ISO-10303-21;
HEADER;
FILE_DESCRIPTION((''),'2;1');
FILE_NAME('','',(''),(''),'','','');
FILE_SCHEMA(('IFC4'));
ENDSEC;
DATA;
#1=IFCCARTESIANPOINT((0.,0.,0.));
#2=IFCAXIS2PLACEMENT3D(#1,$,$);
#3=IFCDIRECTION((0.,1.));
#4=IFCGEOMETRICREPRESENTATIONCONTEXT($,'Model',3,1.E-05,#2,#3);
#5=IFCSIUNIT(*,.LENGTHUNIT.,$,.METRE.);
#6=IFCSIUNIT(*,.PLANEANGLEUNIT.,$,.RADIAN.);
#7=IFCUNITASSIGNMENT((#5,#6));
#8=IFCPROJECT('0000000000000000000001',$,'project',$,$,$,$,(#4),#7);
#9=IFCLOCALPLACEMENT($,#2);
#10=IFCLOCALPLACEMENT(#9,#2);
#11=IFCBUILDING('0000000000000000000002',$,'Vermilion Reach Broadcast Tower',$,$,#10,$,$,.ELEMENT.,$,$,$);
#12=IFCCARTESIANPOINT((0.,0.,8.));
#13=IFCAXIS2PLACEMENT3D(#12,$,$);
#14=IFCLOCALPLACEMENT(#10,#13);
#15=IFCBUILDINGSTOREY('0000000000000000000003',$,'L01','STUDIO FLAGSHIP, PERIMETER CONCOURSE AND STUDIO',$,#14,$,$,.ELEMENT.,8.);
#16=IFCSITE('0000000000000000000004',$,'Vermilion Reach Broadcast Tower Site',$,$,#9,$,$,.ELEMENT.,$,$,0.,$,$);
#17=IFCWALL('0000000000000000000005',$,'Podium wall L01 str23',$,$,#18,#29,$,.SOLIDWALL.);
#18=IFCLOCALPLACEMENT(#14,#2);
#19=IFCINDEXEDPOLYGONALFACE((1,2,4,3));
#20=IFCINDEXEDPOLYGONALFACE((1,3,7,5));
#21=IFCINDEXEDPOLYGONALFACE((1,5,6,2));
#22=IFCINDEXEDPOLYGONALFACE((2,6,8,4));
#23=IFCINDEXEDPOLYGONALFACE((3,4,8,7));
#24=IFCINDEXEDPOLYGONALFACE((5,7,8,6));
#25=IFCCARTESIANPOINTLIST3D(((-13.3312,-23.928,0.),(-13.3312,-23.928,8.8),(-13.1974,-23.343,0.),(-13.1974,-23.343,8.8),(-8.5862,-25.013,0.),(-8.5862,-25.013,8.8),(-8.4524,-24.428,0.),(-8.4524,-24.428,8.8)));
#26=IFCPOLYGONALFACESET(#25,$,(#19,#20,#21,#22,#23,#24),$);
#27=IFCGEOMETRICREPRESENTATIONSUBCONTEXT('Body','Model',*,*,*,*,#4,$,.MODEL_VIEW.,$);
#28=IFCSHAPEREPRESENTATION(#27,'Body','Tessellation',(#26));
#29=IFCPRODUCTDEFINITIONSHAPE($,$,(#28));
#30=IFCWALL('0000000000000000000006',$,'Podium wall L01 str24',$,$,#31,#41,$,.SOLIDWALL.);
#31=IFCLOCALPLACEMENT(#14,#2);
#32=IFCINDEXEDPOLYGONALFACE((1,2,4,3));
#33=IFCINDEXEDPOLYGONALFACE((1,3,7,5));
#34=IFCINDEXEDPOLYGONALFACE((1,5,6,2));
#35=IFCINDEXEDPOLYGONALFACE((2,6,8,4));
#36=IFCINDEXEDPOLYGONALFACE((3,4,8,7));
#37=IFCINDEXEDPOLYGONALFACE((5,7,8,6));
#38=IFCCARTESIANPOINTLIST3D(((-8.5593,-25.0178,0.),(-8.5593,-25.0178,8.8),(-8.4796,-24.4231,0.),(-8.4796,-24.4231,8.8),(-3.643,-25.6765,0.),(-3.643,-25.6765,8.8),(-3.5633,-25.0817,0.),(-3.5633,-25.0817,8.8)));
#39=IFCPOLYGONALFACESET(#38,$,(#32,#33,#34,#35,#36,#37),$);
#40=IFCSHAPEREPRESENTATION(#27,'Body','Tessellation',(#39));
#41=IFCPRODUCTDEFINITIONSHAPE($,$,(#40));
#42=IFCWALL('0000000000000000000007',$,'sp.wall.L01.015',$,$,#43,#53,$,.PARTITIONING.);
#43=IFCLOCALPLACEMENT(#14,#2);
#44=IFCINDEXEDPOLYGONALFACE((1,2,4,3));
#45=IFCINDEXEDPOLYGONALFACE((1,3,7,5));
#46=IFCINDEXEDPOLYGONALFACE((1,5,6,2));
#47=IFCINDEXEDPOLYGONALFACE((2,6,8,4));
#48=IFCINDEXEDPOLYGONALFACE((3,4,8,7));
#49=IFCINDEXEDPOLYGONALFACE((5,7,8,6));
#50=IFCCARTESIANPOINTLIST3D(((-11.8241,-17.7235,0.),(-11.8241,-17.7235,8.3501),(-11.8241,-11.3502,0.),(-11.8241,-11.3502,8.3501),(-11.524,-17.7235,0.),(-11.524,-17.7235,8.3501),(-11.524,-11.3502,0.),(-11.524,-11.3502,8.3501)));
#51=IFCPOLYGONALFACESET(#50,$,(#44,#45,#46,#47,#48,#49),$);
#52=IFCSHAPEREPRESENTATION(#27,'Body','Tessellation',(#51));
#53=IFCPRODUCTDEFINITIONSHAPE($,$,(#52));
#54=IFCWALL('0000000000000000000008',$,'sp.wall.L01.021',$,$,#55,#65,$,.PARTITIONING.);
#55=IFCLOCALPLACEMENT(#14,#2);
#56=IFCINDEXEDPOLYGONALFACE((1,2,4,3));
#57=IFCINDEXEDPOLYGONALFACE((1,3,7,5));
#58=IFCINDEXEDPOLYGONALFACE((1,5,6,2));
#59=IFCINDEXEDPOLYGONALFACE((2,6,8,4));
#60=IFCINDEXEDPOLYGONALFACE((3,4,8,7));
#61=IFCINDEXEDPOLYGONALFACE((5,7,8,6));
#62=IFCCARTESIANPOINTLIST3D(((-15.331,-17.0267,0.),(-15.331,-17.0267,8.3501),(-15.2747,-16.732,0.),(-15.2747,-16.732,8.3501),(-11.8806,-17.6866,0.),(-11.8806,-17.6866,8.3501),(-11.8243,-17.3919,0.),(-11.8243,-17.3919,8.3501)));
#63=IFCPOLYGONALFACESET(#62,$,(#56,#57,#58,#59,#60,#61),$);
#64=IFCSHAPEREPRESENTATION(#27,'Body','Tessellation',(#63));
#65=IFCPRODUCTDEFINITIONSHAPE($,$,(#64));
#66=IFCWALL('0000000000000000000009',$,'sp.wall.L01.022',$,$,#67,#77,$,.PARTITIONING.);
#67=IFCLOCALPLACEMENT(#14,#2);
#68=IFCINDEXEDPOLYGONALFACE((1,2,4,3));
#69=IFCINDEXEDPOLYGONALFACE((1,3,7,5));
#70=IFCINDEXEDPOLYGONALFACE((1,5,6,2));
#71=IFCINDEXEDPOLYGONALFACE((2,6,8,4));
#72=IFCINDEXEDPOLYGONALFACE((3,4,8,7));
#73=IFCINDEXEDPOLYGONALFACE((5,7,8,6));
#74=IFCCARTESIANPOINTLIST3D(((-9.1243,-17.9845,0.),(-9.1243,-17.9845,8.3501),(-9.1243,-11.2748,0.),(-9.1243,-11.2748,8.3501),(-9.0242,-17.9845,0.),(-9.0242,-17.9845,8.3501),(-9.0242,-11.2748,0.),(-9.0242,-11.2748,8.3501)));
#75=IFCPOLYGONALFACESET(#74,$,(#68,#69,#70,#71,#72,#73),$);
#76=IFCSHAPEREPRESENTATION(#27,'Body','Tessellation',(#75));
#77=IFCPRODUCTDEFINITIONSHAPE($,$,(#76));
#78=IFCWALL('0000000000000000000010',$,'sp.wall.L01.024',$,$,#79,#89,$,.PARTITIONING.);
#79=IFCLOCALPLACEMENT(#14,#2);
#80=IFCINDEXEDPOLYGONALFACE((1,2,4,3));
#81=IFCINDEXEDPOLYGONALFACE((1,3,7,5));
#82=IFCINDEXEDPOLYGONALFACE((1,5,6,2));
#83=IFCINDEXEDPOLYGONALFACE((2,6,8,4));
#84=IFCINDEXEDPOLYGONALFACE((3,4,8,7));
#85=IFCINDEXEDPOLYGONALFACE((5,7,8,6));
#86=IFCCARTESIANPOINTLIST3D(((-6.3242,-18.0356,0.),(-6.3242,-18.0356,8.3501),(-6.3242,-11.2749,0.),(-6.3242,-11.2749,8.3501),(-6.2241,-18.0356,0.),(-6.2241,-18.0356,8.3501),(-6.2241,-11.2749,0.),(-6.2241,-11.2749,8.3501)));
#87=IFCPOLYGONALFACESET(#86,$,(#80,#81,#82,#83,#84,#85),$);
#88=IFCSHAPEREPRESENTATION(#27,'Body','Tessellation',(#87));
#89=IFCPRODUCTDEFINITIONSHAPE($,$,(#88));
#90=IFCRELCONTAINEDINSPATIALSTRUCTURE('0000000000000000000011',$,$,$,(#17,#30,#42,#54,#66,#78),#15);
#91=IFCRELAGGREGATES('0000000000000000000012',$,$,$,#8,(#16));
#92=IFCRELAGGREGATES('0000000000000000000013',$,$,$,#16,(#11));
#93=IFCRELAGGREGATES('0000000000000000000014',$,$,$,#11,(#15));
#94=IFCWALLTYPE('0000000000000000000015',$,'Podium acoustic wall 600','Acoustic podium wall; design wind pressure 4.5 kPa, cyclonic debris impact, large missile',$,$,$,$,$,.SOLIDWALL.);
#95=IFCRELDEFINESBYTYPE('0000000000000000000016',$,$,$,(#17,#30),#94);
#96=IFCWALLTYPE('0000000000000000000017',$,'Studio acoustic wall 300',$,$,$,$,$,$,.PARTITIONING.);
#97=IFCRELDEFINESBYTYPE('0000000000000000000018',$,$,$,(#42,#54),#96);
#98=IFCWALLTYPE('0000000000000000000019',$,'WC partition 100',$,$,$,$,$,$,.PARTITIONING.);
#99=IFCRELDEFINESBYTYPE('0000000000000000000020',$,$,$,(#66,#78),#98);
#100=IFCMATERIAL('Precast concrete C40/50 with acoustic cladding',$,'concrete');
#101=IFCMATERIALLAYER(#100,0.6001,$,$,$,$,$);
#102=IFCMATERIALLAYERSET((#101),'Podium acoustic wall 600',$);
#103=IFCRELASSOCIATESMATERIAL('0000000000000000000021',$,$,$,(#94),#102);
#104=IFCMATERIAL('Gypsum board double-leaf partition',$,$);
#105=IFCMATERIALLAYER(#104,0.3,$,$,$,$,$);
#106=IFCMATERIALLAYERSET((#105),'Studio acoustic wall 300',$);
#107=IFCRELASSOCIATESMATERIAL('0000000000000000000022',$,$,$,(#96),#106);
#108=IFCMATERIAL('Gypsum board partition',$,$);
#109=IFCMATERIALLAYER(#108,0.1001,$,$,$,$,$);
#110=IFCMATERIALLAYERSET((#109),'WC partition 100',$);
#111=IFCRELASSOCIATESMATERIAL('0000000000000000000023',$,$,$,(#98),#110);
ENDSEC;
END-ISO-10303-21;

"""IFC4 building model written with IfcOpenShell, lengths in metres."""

from ifc_helpers import new_model, si_unit, direction, frame, frame_2d, origin, place, context, subcontext, project, spatial, rectangle, extrude, material, layer, layer_set, type_object, element, save


model = new_model("IFC4")

# Units and contexts
model_context = context("Model", 3, precision=1e-05, world=origin(), true_north=direction((0.0, 1.0)))
body_context = subcontext(model_context, "Body", "Model", "MODEL_VIEW")
ifc_project = project(units=[si_unit("LENGTHUNIT", "METRE"), si_unit("PLANEANGLEUNIT", "RADIAN")], contexts=[model_context])

# Site, building, storey
site_placement = place(None, origin())
site = spatial("IfcSite", under=ifc_project, at=site_placement, Name="Vermilion Reach Broadcast Tower Site", CompositionType="ELEMENT", RefElevation=0.0)
building_placement = place(site_placement, origin())
building = spatial("IfcBuilding", under=site, at=building_placement, Name="Vermilion Reach Broadcast Tower", CompositionType="ELEMENT")
storey_placement = place(building_placement, frame((0.0, 0.0, 8.0)))
storey = spatial("IfcBuildingStorey", under=building, at=storey_placement, Name="L01", Description="STUDIO FLAGSHIP, PERIMETER CONCOURSE AND STUDIO", CompositionType="ELEMENT", Elevation=8.0)

# Walls
ifc_material_1 = material(Name="Precast concrete C40/50 with acoustic cladding", Category="concrete")
ifc_layer_1 = layer(ifc_material_1, 0.6001)
ifc_layer_set_1 = layer_set([ifc_layer_1], Name="Podium acoustic wall 600")
wall_type_1 = type_object("IfcWallType", Name="Podium acoustic wall 600", Description="Acoustic podium wall; design wind pressure 4.5 kPa, cyclonic debris impact, large missile", PredefinedType="SOLIDWALL", material=ifc_layer_set_1)
wall_1_placement = place(storey_placement, frame((-13.2642, -23.6355, 0.0), z_axis=(0.0, 0.0, 1.0), x_axis=(0.97484, -0.222907, 0.0)))
element("IfcWall", 1, at=wall_1_placement, inside=storey, type_object=wall_type_1, Name="Podium wall L01 str23", PredefinedType="SOLIDWALL", context=body_context, shape_type="SweptSolid", body=[
    extrude(rectangle(XDim=4.8674, YDim=0.6001, at=frame_2d((2.4336, 0.0))), origin(), (0.0, 0.0, 1.0), 8.8),
])
wall_2_placement = place(storey_placement, frame((-8.5193, -24.7205, 0.0), z_axis=(0.0, 0.0, 1.0), x_axis=(0.991143, -0.132796, 0.0)))
element("IfcWall", 2, at=wall_2_placement, inside=storey, type_object=wall_type_1, Name="Podium wall L01 str24", PredefinedType="SOLIDWALL", context=body_context, shape_type="SweptSolid", body=[
    extrude(rectangle(XDim=4.9602, YDim=0.6001, at=frame_2d((2.48, 0.0))), origin(), (0.0, 0.0, 1.0), 8.8),
])
ifc_material_2 = material(Name="Gypsum board double-leaf partition")
ifc_layer_2 = layer(ifc_material_2, 0.3)
ifc_layer_set_2 = layer_set([ifc_layer_2], Name="Studio acoustic wall 300")
wall_type_2 = type_object("IfcWallType", Name="Studio acoustic wall 300", PredefinedType="PARTITIONING", material=ifc_layer_set_2)
wall_3_placement = place(storey_placement, frame((-11.6741, -17.7234, 0.0), z_axis=(0.0, 0.0, 1.0), x_axis=(0.0, 1.0, 0.0)))
element("IfcWall", 3, at=wall_3_placement, inside=storey, type_object=wall_type_2, Name="sp.wall.L01.015", PredefinedType="PARTITIONING", context=body_context, shape_type="SweptSolid", body=[
    extrude(rectangle(XDim=6.3733, YDim=0.3, at=frame_2d((3.1865, 0.0))), origin(), (0.0, 0.0, 1.0), 8.3501),
])
wall_4_placement = place(storey_placement, frame((-15.3027, -16.8794, 0.0), z_axis=(0.0, 0.0, 1.0), x_axis=(0.982198, -0.18785, 0.0)))
element("IfcWall", 4, at=wall_4_placement, inside=storey, type_object=wall_type_2, Name="sp.wall.L01.021", PredefinedType="PARTITIONING", context=body_context, shape_type="SweptSolid", body=[
    extrude(rectangle(XDim=3.5129, YDim=0.3, at=frame_2d((1.7563, 0.0))), origin(), (0.0, 0.0, 1.0), 8.3501),
])
ifc_material_3 = material(Name="Gypsum board partition")
ifc_layer_3 = layer(ifc_material_3, 0.1001)
ifc_layer_set_3 = layer_set([ifc_layer_3], Name="WC partition 100")
wall_type_3 = type_object("IfcWallType", Name="WC partition 100", PredefinedType="PARTITIONING", material=ifc_layer_set_3)
wall_5_placement = place(storey_placement, frame((-9.0742, -17.9846, 0.0), z_axis=(0.0, 0.0, 1.0), x_axis=(0.0, 1.0, 0.0)))
element("IfcWall", 5, at=wall_5_placement, inside=storey, type_object=wall_type_3, Name="sp.wall.L01.022", PredefinedType="PARTITIONING", context=body_context, shape_type="SweptSolid", body=[
    extrude(rectangle(XDim=6.7097, YDim=0.1001, at=frame_2d((3.355, 0.0))), origin(), (0.0, 0.0, 1.0), 8.3501),
])
wall_6_placement = place(storey_placement, frame((-6.2742, -18.0356, 0.0), z_axis=(0.0, 0.0, 1.0), x_axis=(0.0, 1.0, 0.0)))
element("IfcWall", 6, at=wall_6_placement, inside=storey, type_object=wall_type_3, Name="sp.wall.L01.024", PredefinedType="PARTITIONING", context=body_context, shape_type="SweptSolid", body=[
    extrude(rectangle(XDim=6.7607, YDim=0.1001, at=frame_2d((3.3804, 0.0))), origin(), (0.0, 0.0, 1.0), 8.3501),
])

save(model, "model.ifc")
